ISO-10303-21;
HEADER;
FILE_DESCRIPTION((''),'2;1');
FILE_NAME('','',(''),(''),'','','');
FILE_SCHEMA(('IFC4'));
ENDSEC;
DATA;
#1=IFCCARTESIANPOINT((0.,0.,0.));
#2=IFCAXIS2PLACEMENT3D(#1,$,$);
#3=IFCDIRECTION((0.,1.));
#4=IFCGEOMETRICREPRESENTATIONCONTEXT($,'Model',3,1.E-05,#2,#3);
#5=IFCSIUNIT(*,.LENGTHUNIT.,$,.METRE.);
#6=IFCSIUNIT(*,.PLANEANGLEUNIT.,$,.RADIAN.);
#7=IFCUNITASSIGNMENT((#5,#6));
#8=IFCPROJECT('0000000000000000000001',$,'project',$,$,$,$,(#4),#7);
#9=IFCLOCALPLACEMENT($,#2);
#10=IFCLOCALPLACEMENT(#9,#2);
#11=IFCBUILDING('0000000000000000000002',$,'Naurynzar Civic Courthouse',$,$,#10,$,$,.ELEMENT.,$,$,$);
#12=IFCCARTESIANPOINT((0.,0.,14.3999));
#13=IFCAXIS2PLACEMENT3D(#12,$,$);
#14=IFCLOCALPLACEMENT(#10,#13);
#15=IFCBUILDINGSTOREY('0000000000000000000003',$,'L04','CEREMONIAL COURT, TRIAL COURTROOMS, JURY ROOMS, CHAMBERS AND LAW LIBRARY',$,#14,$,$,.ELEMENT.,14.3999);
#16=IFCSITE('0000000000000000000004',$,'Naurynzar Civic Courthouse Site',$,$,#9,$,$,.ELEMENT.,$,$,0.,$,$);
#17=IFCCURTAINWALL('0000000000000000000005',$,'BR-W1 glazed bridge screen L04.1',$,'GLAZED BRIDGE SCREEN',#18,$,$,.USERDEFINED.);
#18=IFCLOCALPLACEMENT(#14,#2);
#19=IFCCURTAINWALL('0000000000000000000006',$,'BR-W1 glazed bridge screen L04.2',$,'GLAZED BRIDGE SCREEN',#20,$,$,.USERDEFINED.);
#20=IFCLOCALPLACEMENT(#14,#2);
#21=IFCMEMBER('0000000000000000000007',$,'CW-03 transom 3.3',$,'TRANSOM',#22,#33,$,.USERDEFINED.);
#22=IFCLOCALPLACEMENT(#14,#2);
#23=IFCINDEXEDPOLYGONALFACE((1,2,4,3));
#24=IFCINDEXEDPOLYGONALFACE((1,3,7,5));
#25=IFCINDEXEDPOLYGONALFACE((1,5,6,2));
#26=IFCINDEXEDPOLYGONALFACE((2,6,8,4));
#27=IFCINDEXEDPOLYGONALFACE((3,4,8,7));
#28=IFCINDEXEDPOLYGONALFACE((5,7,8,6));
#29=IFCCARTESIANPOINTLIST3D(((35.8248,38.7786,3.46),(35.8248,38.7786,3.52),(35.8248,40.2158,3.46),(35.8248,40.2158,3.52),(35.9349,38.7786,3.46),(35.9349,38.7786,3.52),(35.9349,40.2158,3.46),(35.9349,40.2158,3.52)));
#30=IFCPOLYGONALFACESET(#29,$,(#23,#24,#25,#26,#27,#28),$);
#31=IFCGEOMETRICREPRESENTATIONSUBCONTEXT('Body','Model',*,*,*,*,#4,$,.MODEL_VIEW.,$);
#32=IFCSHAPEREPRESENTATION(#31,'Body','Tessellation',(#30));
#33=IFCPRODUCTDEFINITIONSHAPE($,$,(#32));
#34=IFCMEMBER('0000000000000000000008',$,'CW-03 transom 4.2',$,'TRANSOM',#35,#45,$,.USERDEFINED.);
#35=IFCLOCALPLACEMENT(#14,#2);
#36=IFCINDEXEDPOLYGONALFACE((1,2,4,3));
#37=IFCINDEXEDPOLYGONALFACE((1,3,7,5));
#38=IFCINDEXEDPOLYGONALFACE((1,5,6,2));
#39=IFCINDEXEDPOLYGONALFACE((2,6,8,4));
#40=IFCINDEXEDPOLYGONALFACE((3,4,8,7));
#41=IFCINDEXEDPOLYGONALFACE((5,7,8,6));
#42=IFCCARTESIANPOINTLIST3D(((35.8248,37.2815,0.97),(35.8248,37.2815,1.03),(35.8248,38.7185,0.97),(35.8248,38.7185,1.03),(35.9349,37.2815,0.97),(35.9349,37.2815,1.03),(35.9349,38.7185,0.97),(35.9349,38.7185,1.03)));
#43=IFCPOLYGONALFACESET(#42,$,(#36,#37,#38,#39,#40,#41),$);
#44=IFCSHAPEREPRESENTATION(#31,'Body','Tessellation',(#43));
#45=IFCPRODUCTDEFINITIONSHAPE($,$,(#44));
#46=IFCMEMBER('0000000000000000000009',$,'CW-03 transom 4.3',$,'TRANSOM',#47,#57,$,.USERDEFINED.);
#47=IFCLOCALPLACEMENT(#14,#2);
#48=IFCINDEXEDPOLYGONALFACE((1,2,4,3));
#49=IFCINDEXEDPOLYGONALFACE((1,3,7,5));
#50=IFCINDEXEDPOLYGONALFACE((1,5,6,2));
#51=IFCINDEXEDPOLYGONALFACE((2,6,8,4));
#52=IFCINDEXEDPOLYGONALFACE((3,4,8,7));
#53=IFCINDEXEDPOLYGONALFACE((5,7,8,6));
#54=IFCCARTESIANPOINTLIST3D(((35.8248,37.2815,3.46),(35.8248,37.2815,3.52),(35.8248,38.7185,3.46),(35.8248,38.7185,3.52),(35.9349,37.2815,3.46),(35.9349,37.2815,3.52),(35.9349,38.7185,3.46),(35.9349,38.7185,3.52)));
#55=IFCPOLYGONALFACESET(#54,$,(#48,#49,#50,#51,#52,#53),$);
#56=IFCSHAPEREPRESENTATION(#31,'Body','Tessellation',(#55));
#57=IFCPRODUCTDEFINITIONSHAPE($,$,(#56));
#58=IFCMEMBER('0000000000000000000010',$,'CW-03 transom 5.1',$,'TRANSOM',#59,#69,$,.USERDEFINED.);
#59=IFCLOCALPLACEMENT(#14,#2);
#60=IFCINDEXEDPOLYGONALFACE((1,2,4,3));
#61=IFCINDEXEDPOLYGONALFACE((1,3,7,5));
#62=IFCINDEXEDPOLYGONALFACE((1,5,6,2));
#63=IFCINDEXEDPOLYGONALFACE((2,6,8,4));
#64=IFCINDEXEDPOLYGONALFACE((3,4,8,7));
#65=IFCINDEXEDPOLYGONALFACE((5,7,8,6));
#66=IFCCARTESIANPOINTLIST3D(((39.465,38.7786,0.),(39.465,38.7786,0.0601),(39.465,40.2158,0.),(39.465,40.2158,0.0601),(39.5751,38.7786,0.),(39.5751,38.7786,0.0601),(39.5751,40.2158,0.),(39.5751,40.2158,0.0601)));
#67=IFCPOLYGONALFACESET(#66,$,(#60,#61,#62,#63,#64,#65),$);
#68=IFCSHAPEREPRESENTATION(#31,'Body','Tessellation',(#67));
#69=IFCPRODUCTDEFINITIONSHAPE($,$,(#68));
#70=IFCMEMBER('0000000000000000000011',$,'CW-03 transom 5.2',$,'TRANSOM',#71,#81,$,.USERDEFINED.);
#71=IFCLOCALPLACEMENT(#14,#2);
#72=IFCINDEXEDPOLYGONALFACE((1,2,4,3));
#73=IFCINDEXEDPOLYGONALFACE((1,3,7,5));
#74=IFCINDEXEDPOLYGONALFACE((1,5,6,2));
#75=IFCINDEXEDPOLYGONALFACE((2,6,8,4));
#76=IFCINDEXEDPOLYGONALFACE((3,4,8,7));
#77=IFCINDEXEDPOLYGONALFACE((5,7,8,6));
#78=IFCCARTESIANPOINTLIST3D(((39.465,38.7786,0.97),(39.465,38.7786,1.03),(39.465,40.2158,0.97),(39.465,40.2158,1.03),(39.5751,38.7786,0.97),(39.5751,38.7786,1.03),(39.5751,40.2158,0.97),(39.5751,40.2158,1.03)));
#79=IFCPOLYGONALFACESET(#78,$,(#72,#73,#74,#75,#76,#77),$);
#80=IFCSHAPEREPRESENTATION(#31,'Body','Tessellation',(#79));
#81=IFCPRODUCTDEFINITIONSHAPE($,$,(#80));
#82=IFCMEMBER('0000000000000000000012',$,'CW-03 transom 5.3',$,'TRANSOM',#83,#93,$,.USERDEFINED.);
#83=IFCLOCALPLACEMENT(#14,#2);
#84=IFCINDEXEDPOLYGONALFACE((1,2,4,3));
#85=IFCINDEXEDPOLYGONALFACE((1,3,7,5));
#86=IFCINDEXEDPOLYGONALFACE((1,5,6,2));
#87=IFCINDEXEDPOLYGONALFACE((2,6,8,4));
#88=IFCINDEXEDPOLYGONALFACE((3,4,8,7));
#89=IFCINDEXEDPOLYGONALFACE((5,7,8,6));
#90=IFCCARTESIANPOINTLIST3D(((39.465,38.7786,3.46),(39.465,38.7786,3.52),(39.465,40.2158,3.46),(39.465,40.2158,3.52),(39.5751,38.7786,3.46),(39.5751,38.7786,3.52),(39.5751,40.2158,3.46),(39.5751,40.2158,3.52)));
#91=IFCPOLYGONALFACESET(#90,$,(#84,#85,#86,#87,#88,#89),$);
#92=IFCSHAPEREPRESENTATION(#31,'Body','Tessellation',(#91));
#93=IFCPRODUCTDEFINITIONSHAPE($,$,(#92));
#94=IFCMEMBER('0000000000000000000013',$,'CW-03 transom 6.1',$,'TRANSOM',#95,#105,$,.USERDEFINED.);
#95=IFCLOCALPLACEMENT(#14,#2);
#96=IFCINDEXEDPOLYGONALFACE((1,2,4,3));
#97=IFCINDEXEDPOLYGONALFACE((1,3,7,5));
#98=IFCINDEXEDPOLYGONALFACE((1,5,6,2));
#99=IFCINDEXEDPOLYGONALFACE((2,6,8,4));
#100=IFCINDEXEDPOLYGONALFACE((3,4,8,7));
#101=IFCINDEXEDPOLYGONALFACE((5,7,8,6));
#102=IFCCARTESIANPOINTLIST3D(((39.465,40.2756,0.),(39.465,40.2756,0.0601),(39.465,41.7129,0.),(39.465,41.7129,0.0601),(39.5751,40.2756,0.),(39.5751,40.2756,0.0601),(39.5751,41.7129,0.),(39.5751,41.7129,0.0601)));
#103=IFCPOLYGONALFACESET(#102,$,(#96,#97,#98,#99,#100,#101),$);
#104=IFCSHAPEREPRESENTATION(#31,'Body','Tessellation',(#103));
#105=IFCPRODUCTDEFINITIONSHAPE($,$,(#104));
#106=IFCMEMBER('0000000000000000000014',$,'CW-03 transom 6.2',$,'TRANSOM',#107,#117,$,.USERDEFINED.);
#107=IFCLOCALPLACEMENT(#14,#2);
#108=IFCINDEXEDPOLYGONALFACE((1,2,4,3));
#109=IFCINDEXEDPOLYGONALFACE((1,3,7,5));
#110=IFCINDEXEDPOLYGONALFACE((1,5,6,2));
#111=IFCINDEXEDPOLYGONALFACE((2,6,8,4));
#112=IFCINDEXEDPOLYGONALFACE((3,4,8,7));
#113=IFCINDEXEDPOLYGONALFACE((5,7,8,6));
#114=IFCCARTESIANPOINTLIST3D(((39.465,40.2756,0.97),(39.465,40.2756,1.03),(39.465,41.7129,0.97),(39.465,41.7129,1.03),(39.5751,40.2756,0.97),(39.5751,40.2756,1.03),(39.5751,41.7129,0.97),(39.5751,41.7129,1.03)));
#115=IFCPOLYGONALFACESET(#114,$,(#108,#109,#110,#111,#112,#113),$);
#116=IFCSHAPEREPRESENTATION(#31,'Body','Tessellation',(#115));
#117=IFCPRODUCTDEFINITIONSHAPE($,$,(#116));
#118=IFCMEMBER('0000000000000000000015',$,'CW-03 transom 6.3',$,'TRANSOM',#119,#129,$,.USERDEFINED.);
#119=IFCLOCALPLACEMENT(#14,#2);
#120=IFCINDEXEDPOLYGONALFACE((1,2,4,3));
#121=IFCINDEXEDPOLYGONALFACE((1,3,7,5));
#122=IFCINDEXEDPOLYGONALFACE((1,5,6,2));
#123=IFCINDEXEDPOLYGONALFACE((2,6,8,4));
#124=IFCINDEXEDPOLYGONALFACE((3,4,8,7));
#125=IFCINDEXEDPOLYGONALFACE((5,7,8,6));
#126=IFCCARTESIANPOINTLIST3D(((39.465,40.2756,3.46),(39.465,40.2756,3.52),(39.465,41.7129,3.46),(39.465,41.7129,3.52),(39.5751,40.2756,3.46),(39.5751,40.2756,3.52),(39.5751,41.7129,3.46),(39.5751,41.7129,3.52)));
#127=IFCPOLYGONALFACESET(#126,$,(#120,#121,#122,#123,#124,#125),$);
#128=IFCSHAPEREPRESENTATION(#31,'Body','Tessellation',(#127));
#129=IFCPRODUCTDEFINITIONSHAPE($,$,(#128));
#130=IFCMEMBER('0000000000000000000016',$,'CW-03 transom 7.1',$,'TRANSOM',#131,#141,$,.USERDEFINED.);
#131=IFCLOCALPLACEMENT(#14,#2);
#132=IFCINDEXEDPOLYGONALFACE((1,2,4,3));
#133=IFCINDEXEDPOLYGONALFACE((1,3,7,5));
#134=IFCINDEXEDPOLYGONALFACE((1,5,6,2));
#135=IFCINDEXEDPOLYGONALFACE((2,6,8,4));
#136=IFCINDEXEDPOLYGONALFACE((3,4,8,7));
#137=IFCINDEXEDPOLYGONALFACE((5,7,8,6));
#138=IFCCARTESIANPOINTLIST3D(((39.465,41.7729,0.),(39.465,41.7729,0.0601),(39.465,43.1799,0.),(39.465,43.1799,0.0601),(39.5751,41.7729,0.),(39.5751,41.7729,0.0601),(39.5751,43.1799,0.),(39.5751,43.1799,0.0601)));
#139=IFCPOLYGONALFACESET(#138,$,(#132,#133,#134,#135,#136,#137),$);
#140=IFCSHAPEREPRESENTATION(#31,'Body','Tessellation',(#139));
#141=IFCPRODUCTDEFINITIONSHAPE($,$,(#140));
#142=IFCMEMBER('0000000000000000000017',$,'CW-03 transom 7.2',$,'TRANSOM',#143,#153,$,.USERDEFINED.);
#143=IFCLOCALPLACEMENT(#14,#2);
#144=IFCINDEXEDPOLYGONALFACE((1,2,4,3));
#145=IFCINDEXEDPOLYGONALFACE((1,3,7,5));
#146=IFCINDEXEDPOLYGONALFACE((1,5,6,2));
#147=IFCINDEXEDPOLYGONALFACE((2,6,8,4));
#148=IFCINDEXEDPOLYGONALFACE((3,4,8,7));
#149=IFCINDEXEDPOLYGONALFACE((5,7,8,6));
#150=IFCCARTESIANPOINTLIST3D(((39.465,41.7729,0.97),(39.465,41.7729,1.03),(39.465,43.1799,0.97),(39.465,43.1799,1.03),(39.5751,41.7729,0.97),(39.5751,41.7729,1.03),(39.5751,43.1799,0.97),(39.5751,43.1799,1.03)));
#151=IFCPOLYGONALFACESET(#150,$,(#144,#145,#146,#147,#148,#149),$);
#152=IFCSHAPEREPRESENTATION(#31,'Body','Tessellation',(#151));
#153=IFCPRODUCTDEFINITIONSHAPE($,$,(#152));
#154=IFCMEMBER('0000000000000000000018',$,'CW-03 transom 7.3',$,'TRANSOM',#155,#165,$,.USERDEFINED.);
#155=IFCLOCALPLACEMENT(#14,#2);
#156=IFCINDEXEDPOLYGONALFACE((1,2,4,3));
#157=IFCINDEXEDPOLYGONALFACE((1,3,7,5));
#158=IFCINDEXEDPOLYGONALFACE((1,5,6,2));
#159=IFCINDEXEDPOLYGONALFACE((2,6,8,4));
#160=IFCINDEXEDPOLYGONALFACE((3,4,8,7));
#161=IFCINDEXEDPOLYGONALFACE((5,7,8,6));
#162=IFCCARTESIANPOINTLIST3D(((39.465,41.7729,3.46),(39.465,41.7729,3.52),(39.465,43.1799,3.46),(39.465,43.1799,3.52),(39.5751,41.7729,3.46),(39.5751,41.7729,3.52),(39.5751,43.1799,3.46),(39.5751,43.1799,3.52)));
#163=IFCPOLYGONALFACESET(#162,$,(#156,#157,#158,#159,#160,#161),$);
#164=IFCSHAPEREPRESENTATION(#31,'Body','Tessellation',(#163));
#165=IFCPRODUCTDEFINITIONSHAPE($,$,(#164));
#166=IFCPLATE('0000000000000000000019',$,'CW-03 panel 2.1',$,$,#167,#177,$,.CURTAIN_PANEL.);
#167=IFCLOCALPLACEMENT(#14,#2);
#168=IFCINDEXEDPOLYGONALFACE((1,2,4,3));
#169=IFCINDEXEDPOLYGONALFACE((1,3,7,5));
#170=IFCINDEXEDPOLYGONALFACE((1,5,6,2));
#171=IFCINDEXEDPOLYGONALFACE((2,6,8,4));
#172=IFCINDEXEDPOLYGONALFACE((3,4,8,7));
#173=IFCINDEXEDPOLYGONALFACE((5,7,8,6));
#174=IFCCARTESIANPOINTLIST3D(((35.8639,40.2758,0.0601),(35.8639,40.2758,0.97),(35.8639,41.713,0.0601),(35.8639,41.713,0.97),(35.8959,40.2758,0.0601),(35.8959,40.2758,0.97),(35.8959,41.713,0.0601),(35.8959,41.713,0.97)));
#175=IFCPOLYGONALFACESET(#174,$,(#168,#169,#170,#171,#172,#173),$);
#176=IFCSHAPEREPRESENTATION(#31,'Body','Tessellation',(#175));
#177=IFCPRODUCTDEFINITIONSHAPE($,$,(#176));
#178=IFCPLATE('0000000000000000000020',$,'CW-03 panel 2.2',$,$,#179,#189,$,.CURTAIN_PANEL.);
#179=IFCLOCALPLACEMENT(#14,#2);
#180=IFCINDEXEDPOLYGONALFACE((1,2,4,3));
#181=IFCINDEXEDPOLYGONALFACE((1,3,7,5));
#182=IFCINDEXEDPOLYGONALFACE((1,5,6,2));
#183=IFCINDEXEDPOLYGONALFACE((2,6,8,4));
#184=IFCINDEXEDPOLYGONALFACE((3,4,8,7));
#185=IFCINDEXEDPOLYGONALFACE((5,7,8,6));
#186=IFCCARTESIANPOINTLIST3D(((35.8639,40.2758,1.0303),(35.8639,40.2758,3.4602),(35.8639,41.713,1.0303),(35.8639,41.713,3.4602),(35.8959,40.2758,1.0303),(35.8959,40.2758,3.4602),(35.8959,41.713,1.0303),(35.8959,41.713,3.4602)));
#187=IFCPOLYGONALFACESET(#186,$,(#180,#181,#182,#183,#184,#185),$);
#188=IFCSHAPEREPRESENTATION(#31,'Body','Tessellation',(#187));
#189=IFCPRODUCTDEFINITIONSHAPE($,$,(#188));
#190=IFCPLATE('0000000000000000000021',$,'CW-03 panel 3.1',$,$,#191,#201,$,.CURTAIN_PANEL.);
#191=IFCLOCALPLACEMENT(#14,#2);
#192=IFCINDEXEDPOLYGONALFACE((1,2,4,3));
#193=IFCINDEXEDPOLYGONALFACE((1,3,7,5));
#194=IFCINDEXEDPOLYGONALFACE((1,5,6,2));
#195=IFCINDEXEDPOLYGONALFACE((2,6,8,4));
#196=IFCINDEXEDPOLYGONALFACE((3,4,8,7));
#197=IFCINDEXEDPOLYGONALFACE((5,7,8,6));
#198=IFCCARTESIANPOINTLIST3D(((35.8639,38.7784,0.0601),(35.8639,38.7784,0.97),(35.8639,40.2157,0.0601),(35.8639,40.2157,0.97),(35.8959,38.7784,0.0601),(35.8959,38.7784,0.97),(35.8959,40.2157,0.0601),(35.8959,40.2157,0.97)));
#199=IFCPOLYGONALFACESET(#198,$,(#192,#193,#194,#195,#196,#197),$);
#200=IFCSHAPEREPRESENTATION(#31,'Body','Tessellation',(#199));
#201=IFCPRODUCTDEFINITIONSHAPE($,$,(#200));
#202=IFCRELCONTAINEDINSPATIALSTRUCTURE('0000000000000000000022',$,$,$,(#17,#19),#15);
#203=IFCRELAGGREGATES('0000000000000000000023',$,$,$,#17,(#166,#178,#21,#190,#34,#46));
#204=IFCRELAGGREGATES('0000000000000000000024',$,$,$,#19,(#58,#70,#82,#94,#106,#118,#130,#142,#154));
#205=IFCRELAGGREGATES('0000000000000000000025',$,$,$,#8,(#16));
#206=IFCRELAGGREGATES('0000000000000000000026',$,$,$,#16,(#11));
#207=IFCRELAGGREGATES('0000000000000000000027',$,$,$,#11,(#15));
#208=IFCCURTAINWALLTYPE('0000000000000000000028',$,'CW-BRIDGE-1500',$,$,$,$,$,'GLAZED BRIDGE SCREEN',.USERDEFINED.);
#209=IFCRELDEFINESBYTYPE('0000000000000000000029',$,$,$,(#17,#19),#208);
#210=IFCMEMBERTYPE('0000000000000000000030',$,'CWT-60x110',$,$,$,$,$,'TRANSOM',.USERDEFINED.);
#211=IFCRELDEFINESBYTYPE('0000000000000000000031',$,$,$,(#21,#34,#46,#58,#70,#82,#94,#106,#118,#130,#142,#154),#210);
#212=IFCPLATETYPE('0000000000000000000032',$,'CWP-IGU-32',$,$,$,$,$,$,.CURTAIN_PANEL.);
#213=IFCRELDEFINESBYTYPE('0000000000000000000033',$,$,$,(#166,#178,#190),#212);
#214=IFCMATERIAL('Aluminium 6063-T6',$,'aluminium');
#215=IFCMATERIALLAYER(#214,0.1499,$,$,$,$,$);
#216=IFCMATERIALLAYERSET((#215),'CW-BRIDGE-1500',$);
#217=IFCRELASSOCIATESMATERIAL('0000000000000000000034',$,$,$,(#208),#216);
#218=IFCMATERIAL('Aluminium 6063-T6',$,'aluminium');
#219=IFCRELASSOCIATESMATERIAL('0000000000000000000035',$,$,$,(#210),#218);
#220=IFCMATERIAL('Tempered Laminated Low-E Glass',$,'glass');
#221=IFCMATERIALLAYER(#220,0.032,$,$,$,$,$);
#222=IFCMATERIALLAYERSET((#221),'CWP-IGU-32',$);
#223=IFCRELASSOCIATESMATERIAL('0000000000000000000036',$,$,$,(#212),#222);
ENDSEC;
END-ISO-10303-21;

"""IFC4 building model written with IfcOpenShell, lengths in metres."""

from ifc_helpers import new_model, si_unit, direction, frame, origin, origin_2d, place, context, subcontext, project, spatial, rectangle, extrude, material, layer, layer_set, material_profile, profile_set, type_object, element, aggregate, save


model = new_model("IFC4")

# Units and contexts
model_context = context("Model", 3, precision=1e-05, world=origin(), true_north=direction((0.0, 1.0)))
body_context = subcontext(model_context, "Body", "Model", "MODEL_VIEW")
ifc_project = project(units=[si_unit("LENGTHUNIT", "METRE"), si_unit("PLANEANGLEUNIT", "RADIAN")], contexts=[model_context])

# Site, building, storey
site_placement = place(None, origin())
site = spatial("IfcSite", under=ifc_project, at=site_placement, Name="Naurynzar Civic Courthouse Site", CompositionType="ELEMENT", RefElevation=0.0)
building_placement = place(site_placement, origin())
building = spatial("IfcBuilding", under=site, at=building_placement, Name="Naurynzar Civic Courthouse", CompositionType="ELEMENT")
storey_placement = place(building_placement, frame((0.0, 0.0, 14.3999)))
storey = spatial("IfcBuildingStorey", under=building, at=storey_placement, Name="L04", Description="CEREMONIAL COURT, TRIAL COURTROOMS, JURY ROOMS, CHAMBERS AND LAW LIBRARY", CompositionType="ELEMENT", Elevation=14.3999)

# Curtain walls
ifc_material_1 = material(Name="Aluminium 6063-T6", Category="aluminium")
ifc_layer_1 = layer(ifc_material_1, 0.1499)
ifc_layer_set_1 = layer_set([ifc_layer_1], Name="CW-BRIDGE-1500")
curtain_wall_type = type_object("IfcCurtainWallType", Name="CW-BRIDGE-1500", ElementType="GLAZED BRIDGE SCREEN", PredefinedType="USERDEFINED", material=ifc_layer_set_1)
curtain_wall_1_placement = place(storey_placement, origin())
curtain_wall_1 = element("IfcCurtainWall", 1, at=curtain_wall_1_placement, inside=storey, type_object=curtain_wall_type, Name="BR-W1 glazed bridge screen L04.1", ObjectType="GLAZED BRIDGE SCREEN", PredefinedType="USERDEFINED")
curtain_wall_2_placement = place(storey_placement, origin())
curtain_wall_2 = element("IfcCurtainWall", 2, at=curtain_wall_2_placement, inside=storey, type_object=curtain_wall_type, Name="BR-W1 glazed bridge screen L04.2", ObjectType="GLAZED BRIDGE SCREEN", PredefinedType="USERDEFINED")

# Members
ifc_material_2 = material(Name="Aluminium 6063-T6", Category="aluminium")
ifc_material_profile_1 = material_profile(ifc_material_2, rectangle(XDim=0.1101, YDim=0.0601, at=origin_2d()), Name="ALU TRANSOM 60x110")
ifc_profile_set_1 = profile_set([ifc_material_profile_1], Name="Aluminium 6063-T6")
member_type_1 = type_object("IfcMemberType", Name="CWT-60x110", ElementType="TRANSOM", PredefinedType="USERDEFINED", material=ifc_profile_set_1)
member_1_placement = place(storey_placement, frame((35.8799, 40.2158, 3.49), z_axis=(0.0, -1.0, 0.0), x_axis=(1.0, 0.0, 0.0)))
member_1 = element("IfcMember", 3, at=member_1_placement, type_object=member_type_1, Name="CW-03 transom 3.3", ObjectType="TRANSOM", PredefinedType="USERDEFINED", context=body_context, shape_type="SweptSolid", body=[
    extrude(rectangle(XDim=0.1101, YDim=0.0601, at=origin_2d()), origin(), (0.0, 0.0, 1.0), 1.4373),
])
member_2_placement = place(storey_placement, frame((35.8799, 38.7185, 1.0), z_axis=(0.0, -1.0, 0.0), x_axis=(1.0, 0.0, 0.0)))
member_2 = element("IfcMember", 4, at=member_2_placement, type_object=member_type_1, Name="CW-03 transom 4.2", ObjectType="TRANSOM", PredefinedType="USERDEFINED", context=body_context, shape_type="SweptSolid", body=[
    extrude(rectangle(XDim=0.1101, YDim=0.0601, at=origin_2d()), origin(), (0.0, 0.0, 1.0), 1.437),
])
member_3_placement = place(storey_placement, frame((35.8799, 38.7185, 3.49), z_axis=(0.0, -1.0, 0.0), x_axis=(1.0, 0.0, 0.0)))
member_3 = element("IfcMember", 5, at=member_3_placement, type_object=member_type_1, Name="CW-03 transom 4.3", ObjectType="TRANSOM", PredefinedType="USERDEFINED", context=body_context, shape_type="SweptSolid", body=[
    extrude(rectangle(XDim=0.1101, YDim=0.0601, at=origin_2d()), origin(), (0.0, 0.0, 1.0), 1.437),
])
member_4_placement = place(storey_placement, frame((39.52, 38.7786, 0.03), z_axis=(0.0, 1.0, 0.0), x_axis=(-1.0, 0.0, 0.0)))
member_4 = element("IfcMember", 6, at=member_4_placement, type_object=member_type_1, Name="CW-03 transom 5.1", ObjectType="TRANSOM", PredefinedType="USERDEFINED", context=body_context, shape_type="SweptSolid", body=[
    extrude(rectangle(XDim=0.1101, YDim=0.0601, at=origin_2d()), origin(), (0.0, 0.0, 1.0), 1.4373),
])
member_5_placement = place(storey_placement, frame((39.52, 38.7786, 1.0), z_axis=(0.0, 1.0, 0.0), x_axis=(-1.0, 0.0, 0.0)))
member_5 = element("IfcMember", 7, at=member_5_placement, type_object=member_type_1, Name="CW-03 transom 5.2", ObjectType="TRANSOM", PredefinedType="USERDEFINED", context=body_context, shape_type="SweptSolid", body=[
    extrude(rectangle(XDim=0.1101, YDim=0.0601, at=origin_2d()), origin(), (0.0, 0.0, 1.0), 1.4373),
])
member_6_placement = place(storey_placement, frame((39.52, 38.7786, 3.49), z_axis=(0.0, 1.0, 0.0), x_axis=(-1.0, 0.0, 0.0)))
member_6 = element("IfcMember", 8, at=member_6_placement, type_object=member_type_1, Name="CW-03 transom 5.3", ObjectType="TRANSOM", PredefinedType="USERDEFINED", context=body_context, shape_type="SweptSolid", body=[
    extrude(rectangle(XDim=0.1101, YDim=0.0601, at=origin_2d()), origin(), (0.0, 0.0, 1.0), 1.4373),
])
member_7_placement = place(storey_placement, frame((39.52, 40.2756, 0.03), z_axis=(0.0, 1.0, 0.0), x_axis=(-1.0, 0.0, 0.0)))
member_7 = element("IfcMember", 9, at=member_7_placement, type_object=member_type_1, Name="CW-03 transom 6.1", ObjectType="TRANSOM", PredefinedType="USERDEFINED", context=body_context, shape_type="SweptSolid", body=[
    extrude(rectangle(XDim=0.1101, YDim=0.0601, at=origin_2d()), origin(), (0.0, 0.0, 1.0), 1.4373),
])
member_8_placement = place(storey_placement, frame((39.52, 40.2756, 1.0), z_axis=(0.0, 1.0, 0.0), x_axis=(-1.0, 0.0, 0.0)))
member_8 = element("IfcMember", 10, at=member_8_placement, type_object=member_type_1, Name="CW-03 transom 6.2", ObjectType="TRANSOM", PredefinedType="USERDEFINED", context=body_context, shape_type="SweptSolid", body=[
    extrude(rectangle(XDim=0.1101, YDim=0.0601, at=origin_2d()), origin(), (0.0, 0.0, 1.0), 1.4373),
])
member_9_placement = place(storey_placement, frame((39.52, 40.2756, 3.49), z_axis=(0.0, 1.0, 0.0), x_axis=(-1.0, 0.0, 0.0)))
member_9 = element("IfcMember", 11, at=member_9_placement, type_object=member_type_1, Name="CW-03 transom 6.3", ObjectType="TRANSOM", PredefinedType="USERDEFINED", context=body_context, shape_type="SweptSolid", body=[
    extrude(rectangle(XDim=0.1101, YDim=0.0601, at=origin_2d()), origin(), (0.0, 0.0, 1.0), 1.4373),
])
member_10_placement = place(storey_placement, frame((39.52, 41.7729, 0.03), z_axis=(0.0, 1.0, 0.0), x_axis=(-1.0, 0.0, 0.0)))
member_10 = element("IfcMember", 12, at=member_10_placement, type_object=member_type_1, Name="CW-03 transom 7.1", ObjectType="TRANSOM", PredefinedType="USERDEFINED", context=body_context, shape_type="SweptSolid", body=[
    extrude(rectangle(XDim=0.1101, YDim=0.0601, at=origin_2d()), origin(), (0.0, 0.0, 1.0), 1.407),
])
member_11_placement = place(storey_placement, frame((39.52, 41.7729, 1.0), z_axis=(0.0, 1.0, 0.0), x_axis=(-1.0, 0.0, 0.0)))
member_11 = element("IfcMember", 13, at=member_11_placement, type_object=member_type_1, Name="CW-03 transom 7.2", ObjectType="TRANSOM", PredefinedType="USERDEFINED", context=body_context, shape_type="SweptSolid", body=[
    extrude(rectangle(XDim=0.1101, YDim=0.0601, at=origin_2d()), origin(), (0.0, 0.0, 1.0), 1.407),
])
member_12_placement = place(storey_placement, frame((39.52, 41.7729, 3.49), z_axis=(0.0, 1.0, 0.0), x_axis=(-1.0, 0.0, 0.0)))
member_12 = element("IfcMember", 14, at=member_12_placement, type_object=member_type_1, Name="CW-03 transom 7.3", ObjectType="TRANSOM", PredefinedType="USERDEFINED", context=body_context, shape_type="SweptSolid", body=[
    extrude(rectangle(XDim=0.1101, YDim=0.0601, at=origin_2d()), origin(), (0.0, 0.0, 1.0), 1.407),
])

# Plates
ifc_material_3 = material(Name="Tempered Laminated Low-E Glass", Category="glass")
ifc_layer_2 = layer(ifc_material_3, 0.032)
ifc_layer_set_2 = layer_set([ifc_layer_2], Name="CWP-IGU-32")
plate_type = type_object("IfcPlateType", Name="CWP-IGU-32", PredefinedType="CURTAIN_PANEL", material=ifc_layer_set_2)
plate_1_placement = place(storey_placement, frame((35.8799, 40.9944, 0.0601), z_axis=(0.0, 0.0, 1.0), x_axis=(0.0, -1.0, 0.0)))
plate_1 = element("IfcPlate", 15, at=plate_1_placement, type_object=plate_type, Name="CW-03 panel 2.1", PredefinedType="CURTAIN_PANEL", context=body_context, shape_type="SweptSolid", body=[
    extrude(rectangle(XDim=1.4373, YDim=0.032, at=origin_2d()), origin(), (0.0, 0.0, 1.0), 0.9099),
])
plate_2_placement = place(storey_placement, frame((35.8799, 40.9944, 1.0303), z_axis=(0.0, 0.0, 1.0), x_axis=(0.0, -1.0, 0.0)))
plate_2 = element("IfcPlate", 16, at=plate_2_placement, type_object=plate_type, Name="CW-03 panel 2.2", PredefinedType="CURTAIN_PANEL", context=body_context, shape_type="SweptSolid", body=[
    extrude(rectangle(XDim=1.4373, YDim=0.032, at=origin_2d()), origin(), (0.0, 0.0, 1.0), 2.4299),
])
plate_3_placement = place(storey_placement, frame((35.8799, 39.4971, 0.0601), z_axis=(0.0, 0.0, 1.0), x_axis=(0.0, -1.0, 0.0)))
plate_3 = element("IfcPlate", 17, at=plate_3_placement, type_object=plate_type, Name="CW-03 panel 3.1", PredefinedType="CURTAIN_PANEL", context=body_context, shape_type="SweptSolid", body=[
    extrude(rectangle(XDim=1.4373, YDim=0.032, at=origin_2d()), origin(), (0.0, 0.0, 1.0), 0.9099),
])
aggregate(curtain_wall_1, [plate_1, plate_2, member_1, plate_3, member_2, member_3])
aggregate(curtain_wall_2, [member_4, member_5, member_6, member_7, member_8, member_9, member_10, member_11, member_12])

save(model, "model.ifc")
